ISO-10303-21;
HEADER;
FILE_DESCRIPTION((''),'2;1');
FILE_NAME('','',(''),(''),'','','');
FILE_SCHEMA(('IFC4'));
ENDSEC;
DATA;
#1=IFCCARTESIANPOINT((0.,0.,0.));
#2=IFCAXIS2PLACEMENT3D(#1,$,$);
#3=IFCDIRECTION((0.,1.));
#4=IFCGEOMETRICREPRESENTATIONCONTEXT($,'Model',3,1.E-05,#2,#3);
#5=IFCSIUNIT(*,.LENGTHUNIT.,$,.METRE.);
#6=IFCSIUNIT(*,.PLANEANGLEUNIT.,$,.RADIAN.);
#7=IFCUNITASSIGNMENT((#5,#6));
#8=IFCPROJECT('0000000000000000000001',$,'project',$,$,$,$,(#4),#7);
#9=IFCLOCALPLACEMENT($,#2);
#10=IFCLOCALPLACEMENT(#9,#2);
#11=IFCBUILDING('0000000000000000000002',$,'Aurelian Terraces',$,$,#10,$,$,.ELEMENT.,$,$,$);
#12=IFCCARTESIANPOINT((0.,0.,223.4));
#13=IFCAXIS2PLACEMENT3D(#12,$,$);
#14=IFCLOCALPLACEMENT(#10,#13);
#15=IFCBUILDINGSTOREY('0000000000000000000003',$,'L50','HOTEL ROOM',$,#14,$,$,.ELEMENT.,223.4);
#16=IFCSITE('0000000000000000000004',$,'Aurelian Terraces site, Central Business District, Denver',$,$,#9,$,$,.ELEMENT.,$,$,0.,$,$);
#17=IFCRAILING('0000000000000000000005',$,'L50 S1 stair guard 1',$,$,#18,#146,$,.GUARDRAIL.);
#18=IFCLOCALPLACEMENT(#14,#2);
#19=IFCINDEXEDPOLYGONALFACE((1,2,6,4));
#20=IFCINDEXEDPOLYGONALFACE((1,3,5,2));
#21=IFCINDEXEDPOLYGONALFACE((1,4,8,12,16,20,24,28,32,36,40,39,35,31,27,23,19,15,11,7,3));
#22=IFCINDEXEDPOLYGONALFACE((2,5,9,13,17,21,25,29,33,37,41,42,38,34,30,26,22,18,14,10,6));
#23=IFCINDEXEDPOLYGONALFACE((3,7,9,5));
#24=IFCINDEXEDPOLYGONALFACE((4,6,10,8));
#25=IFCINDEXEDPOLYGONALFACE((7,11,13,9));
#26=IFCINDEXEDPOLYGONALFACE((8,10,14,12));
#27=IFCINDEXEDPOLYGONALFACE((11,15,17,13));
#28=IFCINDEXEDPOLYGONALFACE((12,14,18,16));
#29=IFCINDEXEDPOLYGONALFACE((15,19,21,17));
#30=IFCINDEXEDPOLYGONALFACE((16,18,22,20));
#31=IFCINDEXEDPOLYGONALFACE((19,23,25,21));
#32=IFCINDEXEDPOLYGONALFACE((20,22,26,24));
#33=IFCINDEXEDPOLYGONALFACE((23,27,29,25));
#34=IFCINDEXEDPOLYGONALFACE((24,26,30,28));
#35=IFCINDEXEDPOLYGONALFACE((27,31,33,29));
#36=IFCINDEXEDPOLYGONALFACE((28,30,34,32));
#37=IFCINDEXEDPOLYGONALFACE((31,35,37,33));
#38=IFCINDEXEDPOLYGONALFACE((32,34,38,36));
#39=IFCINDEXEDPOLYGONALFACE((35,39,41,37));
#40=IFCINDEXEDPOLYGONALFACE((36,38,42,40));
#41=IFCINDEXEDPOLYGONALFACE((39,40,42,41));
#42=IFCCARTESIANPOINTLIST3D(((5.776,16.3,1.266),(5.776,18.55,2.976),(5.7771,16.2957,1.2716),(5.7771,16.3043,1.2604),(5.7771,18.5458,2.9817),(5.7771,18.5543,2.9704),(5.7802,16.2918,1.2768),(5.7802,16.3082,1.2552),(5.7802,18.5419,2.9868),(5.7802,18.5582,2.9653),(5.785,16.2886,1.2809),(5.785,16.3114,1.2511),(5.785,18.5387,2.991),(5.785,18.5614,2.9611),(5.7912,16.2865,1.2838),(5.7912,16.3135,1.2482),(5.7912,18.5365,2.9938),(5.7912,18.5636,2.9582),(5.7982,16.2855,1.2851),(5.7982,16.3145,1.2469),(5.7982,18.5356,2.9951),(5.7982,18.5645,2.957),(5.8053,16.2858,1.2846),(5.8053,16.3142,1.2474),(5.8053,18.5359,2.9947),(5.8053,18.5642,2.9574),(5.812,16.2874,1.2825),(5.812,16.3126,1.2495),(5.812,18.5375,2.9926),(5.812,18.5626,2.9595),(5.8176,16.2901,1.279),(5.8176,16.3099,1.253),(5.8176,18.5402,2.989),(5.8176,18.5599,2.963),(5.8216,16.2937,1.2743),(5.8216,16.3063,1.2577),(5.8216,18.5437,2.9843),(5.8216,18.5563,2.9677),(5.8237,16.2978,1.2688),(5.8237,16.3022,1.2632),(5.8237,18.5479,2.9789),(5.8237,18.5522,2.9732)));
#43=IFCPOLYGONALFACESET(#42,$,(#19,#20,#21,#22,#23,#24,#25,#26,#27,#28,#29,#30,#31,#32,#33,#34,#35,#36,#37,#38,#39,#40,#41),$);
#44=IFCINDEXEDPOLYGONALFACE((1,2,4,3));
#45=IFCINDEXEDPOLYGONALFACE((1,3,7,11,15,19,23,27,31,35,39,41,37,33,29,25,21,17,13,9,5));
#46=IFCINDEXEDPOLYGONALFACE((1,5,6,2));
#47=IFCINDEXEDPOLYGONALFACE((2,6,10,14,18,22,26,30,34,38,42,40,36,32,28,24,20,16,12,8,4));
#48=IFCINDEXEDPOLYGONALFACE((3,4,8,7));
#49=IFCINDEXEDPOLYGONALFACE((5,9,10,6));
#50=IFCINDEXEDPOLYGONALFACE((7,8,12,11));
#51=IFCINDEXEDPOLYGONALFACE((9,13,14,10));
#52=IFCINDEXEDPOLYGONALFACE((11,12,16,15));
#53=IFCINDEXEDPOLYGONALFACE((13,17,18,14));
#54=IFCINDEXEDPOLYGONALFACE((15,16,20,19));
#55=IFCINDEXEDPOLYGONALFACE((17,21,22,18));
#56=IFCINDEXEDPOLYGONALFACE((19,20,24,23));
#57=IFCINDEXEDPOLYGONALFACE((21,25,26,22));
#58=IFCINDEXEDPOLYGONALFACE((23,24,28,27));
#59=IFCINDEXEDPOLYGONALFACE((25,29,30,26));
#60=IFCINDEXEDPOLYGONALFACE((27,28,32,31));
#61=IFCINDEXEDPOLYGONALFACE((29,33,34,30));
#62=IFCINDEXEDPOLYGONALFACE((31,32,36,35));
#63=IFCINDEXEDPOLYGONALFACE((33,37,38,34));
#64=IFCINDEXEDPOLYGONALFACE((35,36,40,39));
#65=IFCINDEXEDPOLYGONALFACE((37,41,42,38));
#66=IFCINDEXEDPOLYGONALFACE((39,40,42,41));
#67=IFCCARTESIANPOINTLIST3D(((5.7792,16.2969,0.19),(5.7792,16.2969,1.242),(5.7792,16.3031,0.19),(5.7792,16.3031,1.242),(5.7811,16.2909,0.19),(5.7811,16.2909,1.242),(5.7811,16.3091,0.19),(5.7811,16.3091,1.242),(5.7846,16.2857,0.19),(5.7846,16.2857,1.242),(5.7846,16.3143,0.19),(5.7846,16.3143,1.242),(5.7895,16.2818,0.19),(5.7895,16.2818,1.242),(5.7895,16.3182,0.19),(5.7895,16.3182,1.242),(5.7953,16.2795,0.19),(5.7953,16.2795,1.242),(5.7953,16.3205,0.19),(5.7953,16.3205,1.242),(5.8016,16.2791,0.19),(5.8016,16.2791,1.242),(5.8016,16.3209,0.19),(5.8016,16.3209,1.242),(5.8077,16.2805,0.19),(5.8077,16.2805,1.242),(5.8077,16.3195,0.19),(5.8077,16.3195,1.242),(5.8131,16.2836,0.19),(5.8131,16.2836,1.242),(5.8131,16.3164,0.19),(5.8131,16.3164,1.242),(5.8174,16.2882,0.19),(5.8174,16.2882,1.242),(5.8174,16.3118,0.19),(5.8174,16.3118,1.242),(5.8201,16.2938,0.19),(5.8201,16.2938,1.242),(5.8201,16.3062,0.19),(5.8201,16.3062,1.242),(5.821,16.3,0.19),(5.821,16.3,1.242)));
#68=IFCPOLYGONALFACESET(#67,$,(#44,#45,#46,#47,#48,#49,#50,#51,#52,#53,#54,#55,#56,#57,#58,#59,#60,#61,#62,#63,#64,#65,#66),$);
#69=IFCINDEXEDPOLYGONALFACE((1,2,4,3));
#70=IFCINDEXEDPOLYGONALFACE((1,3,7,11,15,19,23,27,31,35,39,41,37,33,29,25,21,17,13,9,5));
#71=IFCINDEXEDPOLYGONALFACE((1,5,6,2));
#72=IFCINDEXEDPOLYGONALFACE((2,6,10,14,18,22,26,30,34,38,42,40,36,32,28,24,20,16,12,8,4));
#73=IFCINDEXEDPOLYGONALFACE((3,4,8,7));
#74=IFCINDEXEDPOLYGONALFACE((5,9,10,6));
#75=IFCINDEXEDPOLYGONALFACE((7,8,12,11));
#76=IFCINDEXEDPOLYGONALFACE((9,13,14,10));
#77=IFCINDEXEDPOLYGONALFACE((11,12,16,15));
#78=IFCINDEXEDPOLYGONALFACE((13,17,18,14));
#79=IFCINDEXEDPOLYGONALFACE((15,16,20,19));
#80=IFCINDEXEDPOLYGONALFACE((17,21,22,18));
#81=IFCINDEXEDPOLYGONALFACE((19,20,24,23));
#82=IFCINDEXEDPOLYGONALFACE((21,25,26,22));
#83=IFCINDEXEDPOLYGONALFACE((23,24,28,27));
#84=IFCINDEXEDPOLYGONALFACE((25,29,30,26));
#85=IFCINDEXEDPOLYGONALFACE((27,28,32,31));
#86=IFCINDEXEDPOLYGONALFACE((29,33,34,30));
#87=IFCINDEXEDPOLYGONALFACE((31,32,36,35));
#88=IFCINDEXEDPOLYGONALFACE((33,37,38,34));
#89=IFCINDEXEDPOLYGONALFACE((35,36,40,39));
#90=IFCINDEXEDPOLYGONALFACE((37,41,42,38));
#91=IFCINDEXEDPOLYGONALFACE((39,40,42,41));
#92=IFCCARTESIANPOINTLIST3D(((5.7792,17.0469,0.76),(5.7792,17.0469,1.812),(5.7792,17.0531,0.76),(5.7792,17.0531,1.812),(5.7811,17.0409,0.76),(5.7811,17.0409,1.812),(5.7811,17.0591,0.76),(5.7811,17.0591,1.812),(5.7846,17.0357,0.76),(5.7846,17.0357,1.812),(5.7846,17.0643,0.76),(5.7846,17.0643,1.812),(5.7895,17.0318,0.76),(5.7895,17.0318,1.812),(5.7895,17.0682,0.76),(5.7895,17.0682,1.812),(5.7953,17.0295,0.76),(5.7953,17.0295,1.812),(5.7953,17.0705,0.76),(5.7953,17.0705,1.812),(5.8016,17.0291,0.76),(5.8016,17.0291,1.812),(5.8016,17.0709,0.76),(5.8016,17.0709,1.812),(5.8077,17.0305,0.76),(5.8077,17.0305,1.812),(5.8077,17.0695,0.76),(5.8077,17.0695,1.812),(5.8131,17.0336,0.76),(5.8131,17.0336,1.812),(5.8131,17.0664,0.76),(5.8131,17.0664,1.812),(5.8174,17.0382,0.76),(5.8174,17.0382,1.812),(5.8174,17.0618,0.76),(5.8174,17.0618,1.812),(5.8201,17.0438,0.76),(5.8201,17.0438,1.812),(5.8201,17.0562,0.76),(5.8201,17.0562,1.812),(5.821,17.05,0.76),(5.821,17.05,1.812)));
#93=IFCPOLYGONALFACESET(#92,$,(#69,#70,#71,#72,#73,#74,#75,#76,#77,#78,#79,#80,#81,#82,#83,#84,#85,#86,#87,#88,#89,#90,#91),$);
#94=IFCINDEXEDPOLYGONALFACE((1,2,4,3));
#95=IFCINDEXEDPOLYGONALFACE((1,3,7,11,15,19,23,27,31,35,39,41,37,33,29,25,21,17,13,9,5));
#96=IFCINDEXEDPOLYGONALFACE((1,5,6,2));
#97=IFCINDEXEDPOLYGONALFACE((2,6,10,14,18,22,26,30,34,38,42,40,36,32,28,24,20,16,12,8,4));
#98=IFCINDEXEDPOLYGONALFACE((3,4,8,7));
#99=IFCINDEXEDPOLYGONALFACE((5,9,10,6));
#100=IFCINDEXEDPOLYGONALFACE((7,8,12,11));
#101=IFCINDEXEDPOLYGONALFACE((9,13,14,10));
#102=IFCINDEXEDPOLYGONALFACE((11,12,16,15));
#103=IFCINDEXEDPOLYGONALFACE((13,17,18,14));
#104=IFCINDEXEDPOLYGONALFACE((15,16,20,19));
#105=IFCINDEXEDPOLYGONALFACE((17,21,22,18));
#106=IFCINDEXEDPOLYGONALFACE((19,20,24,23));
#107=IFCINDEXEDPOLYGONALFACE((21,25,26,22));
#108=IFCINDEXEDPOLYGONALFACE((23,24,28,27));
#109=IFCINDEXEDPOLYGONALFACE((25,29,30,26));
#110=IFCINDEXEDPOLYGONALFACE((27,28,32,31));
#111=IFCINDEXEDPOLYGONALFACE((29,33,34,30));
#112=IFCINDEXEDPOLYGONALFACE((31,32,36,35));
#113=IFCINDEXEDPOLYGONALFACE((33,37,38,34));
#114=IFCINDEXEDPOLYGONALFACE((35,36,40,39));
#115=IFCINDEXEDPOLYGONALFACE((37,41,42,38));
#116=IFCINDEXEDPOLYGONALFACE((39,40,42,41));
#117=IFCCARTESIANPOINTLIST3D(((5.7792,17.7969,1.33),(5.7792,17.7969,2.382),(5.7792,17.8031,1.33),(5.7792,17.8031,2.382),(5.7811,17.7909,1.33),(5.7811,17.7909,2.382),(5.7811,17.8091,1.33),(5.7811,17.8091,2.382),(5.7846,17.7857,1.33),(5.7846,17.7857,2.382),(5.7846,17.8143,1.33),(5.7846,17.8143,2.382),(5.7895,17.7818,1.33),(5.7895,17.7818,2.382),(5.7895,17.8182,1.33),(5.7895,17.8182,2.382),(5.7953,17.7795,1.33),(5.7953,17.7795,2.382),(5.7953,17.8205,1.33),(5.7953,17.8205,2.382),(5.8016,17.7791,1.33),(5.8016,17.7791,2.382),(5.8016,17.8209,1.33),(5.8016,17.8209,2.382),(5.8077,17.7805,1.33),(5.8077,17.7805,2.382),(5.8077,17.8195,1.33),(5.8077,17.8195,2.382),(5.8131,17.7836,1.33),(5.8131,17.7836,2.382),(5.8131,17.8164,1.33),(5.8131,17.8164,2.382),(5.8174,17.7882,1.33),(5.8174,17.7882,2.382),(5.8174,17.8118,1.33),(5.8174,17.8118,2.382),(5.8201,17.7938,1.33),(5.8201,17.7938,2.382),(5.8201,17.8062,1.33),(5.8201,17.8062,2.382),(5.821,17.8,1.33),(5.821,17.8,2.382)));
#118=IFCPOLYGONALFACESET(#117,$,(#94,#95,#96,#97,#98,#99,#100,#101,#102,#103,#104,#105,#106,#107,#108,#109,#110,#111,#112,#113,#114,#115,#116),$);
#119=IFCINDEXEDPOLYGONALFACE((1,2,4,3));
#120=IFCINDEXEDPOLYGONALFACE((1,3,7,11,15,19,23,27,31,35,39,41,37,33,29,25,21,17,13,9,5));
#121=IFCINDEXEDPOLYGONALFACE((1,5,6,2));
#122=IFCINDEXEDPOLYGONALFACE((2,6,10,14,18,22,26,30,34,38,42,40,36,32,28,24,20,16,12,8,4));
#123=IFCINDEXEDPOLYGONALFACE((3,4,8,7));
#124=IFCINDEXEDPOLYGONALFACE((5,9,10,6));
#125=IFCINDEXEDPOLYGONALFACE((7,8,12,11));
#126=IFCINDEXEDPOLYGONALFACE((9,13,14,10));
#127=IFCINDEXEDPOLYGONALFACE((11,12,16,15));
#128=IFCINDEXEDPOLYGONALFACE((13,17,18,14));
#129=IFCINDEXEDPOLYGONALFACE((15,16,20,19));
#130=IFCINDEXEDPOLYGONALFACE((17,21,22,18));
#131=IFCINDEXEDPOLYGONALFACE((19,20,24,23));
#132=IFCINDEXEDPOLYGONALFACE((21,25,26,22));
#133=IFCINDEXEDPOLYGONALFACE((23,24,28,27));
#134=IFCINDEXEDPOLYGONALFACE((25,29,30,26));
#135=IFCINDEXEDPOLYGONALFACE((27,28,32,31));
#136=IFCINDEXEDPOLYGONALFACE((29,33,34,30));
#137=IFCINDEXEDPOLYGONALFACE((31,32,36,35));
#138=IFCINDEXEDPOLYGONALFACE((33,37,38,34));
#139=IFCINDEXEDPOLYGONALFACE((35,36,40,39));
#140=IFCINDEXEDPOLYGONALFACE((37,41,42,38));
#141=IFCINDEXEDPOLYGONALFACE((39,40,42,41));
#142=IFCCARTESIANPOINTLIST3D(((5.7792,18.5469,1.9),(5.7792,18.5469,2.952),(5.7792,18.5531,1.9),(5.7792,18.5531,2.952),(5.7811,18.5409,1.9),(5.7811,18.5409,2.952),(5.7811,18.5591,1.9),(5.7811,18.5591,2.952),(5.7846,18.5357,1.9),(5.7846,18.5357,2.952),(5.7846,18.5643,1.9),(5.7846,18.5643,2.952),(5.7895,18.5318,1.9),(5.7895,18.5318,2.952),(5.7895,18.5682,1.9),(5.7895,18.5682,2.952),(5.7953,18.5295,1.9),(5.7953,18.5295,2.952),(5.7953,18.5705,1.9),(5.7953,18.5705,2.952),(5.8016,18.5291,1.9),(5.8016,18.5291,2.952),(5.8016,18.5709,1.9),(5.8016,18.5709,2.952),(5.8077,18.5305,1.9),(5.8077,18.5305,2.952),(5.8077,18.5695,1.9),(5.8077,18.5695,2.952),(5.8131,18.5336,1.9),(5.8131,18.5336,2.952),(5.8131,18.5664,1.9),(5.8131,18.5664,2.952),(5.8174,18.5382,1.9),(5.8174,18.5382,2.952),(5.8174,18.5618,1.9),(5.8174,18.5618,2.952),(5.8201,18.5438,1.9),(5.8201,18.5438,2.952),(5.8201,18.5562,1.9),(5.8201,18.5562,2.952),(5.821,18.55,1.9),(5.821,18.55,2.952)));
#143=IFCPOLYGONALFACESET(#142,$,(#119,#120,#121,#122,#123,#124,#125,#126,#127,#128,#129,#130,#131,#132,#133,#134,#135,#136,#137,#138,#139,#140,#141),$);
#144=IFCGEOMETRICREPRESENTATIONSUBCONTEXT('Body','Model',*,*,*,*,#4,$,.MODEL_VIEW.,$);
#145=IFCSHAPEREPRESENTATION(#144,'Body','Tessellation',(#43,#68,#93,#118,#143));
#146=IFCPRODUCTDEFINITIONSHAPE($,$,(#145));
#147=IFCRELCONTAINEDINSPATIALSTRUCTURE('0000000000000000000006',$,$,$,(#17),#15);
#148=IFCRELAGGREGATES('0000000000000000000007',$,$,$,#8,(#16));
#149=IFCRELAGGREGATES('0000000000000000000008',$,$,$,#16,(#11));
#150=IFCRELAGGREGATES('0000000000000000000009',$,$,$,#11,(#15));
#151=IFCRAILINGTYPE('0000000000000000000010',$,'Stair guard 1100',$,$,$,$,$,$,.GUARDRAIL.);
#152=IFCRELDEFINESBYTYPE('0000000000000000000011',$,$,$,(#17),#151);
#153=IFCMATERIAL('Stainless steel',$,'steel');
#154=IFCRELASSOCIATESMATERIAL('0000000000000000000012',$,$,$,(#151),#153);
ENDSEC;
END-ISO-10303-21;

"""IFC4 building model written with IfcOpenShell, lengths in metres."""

from ifc_helpers import new_model, si_unit, direction, frame, origin, origin_2d, place, context, subcontext, project, spatial, circle, extrude, source, transform, mapped, material, type_object, element, save


model = new_model("IFC4")

# Units and contexts
model_context = context("Model", 3, precision=1e-05, world=origin(), true_north=direction((0.0, 1.0)))
body_context = subcontext(model_context, "Body", "Model", "MODEL_VIEW")
ifc_project = project(units=[si_unit("LENGTHUNIT", "METRE"), si_unit("PLANEANGLEUNIT", "RADIAN")], contexts=[model_context])

# Site, building, storey
site_placement = place(None, origin())
site = spatial("IfcSite", under=ifc_project, at=site_placement, Name="Aurelian Terraces site, Central Business District, Denver", CompositionType="ELEMENT", RefElevation=0.0)
building_placement = place(site_placement, origin())
building = spatial("IfcBuilding", under=site, at=building_placement, Name="Aurelian Terraces", CompositionType="ELEMENT")
storey_placement = place(building_placement, frame((0.0, 0.0, 223.4)))
storey = spatial("IfcBuildingStorey", under=building, at=storey_placement, Name="L50", Description="HOTEL ROOM", CompositionType="ELEMENT", Elevation=223.4)

# Shared definitions
ifc_material_1 = material(Name="Stainless steel", Category="steel")

# Railing
railing_type_1 = type_object("IfcRailingType", Name="Stair guard 1100", PredefinedType="GUARDRAIL", material=ifc_material_1)
shared_shape_1 = source(origin(), body_context, "Body", "SweptSolid", [
    extrude(circle(Radius=0.024, at=origin_2d()), frame((0.0, 0.0, 1.076), z_axis=(0.0, 0.796162, 0.605083), x_axis=(-1.0, 0.0, 0.0)), (0.0, 0.0, 1.0), 2.8261),
    extrude(circle(Radius=0.021, at=origin_2d()), origin(), (0.0, 0.0, 1.0), 1.052),
    extrude(circle(Radius=0.021, at=origin_2d()), frame((0.0, 0.75, 0.57)), (0.0, 0.0, 1.0), 1.052),
    extrude(circle(Radius=0.021, at=origin_2d()), frame((0.0, 1.5, 1.14)), (0.0, 0.0, 1.0), 1.052),
    extrude(circle(Radius=0.021, at=origin_2d()), frame((0.0, 2.25, 1.71)), (0.0, 0.0, 1.0), 1.052),
])
railing_1_placement = place(storey_placement, frame((5.8, 16.3, 0.19)))
element("IfcRailing", 1, at=railing_1_placement, inside=storey, type_object=railing_type_1, Name="L50 S1 stair guard 1", PredefinedType="GUARDRAIL", context=body_context, shape_type="MappedRepresentation", body=[
    mapped(shared_shape_1, transform((0.0, 0.0, 0.0), scale=1.0)),
])

save(model, "model.ifc")
